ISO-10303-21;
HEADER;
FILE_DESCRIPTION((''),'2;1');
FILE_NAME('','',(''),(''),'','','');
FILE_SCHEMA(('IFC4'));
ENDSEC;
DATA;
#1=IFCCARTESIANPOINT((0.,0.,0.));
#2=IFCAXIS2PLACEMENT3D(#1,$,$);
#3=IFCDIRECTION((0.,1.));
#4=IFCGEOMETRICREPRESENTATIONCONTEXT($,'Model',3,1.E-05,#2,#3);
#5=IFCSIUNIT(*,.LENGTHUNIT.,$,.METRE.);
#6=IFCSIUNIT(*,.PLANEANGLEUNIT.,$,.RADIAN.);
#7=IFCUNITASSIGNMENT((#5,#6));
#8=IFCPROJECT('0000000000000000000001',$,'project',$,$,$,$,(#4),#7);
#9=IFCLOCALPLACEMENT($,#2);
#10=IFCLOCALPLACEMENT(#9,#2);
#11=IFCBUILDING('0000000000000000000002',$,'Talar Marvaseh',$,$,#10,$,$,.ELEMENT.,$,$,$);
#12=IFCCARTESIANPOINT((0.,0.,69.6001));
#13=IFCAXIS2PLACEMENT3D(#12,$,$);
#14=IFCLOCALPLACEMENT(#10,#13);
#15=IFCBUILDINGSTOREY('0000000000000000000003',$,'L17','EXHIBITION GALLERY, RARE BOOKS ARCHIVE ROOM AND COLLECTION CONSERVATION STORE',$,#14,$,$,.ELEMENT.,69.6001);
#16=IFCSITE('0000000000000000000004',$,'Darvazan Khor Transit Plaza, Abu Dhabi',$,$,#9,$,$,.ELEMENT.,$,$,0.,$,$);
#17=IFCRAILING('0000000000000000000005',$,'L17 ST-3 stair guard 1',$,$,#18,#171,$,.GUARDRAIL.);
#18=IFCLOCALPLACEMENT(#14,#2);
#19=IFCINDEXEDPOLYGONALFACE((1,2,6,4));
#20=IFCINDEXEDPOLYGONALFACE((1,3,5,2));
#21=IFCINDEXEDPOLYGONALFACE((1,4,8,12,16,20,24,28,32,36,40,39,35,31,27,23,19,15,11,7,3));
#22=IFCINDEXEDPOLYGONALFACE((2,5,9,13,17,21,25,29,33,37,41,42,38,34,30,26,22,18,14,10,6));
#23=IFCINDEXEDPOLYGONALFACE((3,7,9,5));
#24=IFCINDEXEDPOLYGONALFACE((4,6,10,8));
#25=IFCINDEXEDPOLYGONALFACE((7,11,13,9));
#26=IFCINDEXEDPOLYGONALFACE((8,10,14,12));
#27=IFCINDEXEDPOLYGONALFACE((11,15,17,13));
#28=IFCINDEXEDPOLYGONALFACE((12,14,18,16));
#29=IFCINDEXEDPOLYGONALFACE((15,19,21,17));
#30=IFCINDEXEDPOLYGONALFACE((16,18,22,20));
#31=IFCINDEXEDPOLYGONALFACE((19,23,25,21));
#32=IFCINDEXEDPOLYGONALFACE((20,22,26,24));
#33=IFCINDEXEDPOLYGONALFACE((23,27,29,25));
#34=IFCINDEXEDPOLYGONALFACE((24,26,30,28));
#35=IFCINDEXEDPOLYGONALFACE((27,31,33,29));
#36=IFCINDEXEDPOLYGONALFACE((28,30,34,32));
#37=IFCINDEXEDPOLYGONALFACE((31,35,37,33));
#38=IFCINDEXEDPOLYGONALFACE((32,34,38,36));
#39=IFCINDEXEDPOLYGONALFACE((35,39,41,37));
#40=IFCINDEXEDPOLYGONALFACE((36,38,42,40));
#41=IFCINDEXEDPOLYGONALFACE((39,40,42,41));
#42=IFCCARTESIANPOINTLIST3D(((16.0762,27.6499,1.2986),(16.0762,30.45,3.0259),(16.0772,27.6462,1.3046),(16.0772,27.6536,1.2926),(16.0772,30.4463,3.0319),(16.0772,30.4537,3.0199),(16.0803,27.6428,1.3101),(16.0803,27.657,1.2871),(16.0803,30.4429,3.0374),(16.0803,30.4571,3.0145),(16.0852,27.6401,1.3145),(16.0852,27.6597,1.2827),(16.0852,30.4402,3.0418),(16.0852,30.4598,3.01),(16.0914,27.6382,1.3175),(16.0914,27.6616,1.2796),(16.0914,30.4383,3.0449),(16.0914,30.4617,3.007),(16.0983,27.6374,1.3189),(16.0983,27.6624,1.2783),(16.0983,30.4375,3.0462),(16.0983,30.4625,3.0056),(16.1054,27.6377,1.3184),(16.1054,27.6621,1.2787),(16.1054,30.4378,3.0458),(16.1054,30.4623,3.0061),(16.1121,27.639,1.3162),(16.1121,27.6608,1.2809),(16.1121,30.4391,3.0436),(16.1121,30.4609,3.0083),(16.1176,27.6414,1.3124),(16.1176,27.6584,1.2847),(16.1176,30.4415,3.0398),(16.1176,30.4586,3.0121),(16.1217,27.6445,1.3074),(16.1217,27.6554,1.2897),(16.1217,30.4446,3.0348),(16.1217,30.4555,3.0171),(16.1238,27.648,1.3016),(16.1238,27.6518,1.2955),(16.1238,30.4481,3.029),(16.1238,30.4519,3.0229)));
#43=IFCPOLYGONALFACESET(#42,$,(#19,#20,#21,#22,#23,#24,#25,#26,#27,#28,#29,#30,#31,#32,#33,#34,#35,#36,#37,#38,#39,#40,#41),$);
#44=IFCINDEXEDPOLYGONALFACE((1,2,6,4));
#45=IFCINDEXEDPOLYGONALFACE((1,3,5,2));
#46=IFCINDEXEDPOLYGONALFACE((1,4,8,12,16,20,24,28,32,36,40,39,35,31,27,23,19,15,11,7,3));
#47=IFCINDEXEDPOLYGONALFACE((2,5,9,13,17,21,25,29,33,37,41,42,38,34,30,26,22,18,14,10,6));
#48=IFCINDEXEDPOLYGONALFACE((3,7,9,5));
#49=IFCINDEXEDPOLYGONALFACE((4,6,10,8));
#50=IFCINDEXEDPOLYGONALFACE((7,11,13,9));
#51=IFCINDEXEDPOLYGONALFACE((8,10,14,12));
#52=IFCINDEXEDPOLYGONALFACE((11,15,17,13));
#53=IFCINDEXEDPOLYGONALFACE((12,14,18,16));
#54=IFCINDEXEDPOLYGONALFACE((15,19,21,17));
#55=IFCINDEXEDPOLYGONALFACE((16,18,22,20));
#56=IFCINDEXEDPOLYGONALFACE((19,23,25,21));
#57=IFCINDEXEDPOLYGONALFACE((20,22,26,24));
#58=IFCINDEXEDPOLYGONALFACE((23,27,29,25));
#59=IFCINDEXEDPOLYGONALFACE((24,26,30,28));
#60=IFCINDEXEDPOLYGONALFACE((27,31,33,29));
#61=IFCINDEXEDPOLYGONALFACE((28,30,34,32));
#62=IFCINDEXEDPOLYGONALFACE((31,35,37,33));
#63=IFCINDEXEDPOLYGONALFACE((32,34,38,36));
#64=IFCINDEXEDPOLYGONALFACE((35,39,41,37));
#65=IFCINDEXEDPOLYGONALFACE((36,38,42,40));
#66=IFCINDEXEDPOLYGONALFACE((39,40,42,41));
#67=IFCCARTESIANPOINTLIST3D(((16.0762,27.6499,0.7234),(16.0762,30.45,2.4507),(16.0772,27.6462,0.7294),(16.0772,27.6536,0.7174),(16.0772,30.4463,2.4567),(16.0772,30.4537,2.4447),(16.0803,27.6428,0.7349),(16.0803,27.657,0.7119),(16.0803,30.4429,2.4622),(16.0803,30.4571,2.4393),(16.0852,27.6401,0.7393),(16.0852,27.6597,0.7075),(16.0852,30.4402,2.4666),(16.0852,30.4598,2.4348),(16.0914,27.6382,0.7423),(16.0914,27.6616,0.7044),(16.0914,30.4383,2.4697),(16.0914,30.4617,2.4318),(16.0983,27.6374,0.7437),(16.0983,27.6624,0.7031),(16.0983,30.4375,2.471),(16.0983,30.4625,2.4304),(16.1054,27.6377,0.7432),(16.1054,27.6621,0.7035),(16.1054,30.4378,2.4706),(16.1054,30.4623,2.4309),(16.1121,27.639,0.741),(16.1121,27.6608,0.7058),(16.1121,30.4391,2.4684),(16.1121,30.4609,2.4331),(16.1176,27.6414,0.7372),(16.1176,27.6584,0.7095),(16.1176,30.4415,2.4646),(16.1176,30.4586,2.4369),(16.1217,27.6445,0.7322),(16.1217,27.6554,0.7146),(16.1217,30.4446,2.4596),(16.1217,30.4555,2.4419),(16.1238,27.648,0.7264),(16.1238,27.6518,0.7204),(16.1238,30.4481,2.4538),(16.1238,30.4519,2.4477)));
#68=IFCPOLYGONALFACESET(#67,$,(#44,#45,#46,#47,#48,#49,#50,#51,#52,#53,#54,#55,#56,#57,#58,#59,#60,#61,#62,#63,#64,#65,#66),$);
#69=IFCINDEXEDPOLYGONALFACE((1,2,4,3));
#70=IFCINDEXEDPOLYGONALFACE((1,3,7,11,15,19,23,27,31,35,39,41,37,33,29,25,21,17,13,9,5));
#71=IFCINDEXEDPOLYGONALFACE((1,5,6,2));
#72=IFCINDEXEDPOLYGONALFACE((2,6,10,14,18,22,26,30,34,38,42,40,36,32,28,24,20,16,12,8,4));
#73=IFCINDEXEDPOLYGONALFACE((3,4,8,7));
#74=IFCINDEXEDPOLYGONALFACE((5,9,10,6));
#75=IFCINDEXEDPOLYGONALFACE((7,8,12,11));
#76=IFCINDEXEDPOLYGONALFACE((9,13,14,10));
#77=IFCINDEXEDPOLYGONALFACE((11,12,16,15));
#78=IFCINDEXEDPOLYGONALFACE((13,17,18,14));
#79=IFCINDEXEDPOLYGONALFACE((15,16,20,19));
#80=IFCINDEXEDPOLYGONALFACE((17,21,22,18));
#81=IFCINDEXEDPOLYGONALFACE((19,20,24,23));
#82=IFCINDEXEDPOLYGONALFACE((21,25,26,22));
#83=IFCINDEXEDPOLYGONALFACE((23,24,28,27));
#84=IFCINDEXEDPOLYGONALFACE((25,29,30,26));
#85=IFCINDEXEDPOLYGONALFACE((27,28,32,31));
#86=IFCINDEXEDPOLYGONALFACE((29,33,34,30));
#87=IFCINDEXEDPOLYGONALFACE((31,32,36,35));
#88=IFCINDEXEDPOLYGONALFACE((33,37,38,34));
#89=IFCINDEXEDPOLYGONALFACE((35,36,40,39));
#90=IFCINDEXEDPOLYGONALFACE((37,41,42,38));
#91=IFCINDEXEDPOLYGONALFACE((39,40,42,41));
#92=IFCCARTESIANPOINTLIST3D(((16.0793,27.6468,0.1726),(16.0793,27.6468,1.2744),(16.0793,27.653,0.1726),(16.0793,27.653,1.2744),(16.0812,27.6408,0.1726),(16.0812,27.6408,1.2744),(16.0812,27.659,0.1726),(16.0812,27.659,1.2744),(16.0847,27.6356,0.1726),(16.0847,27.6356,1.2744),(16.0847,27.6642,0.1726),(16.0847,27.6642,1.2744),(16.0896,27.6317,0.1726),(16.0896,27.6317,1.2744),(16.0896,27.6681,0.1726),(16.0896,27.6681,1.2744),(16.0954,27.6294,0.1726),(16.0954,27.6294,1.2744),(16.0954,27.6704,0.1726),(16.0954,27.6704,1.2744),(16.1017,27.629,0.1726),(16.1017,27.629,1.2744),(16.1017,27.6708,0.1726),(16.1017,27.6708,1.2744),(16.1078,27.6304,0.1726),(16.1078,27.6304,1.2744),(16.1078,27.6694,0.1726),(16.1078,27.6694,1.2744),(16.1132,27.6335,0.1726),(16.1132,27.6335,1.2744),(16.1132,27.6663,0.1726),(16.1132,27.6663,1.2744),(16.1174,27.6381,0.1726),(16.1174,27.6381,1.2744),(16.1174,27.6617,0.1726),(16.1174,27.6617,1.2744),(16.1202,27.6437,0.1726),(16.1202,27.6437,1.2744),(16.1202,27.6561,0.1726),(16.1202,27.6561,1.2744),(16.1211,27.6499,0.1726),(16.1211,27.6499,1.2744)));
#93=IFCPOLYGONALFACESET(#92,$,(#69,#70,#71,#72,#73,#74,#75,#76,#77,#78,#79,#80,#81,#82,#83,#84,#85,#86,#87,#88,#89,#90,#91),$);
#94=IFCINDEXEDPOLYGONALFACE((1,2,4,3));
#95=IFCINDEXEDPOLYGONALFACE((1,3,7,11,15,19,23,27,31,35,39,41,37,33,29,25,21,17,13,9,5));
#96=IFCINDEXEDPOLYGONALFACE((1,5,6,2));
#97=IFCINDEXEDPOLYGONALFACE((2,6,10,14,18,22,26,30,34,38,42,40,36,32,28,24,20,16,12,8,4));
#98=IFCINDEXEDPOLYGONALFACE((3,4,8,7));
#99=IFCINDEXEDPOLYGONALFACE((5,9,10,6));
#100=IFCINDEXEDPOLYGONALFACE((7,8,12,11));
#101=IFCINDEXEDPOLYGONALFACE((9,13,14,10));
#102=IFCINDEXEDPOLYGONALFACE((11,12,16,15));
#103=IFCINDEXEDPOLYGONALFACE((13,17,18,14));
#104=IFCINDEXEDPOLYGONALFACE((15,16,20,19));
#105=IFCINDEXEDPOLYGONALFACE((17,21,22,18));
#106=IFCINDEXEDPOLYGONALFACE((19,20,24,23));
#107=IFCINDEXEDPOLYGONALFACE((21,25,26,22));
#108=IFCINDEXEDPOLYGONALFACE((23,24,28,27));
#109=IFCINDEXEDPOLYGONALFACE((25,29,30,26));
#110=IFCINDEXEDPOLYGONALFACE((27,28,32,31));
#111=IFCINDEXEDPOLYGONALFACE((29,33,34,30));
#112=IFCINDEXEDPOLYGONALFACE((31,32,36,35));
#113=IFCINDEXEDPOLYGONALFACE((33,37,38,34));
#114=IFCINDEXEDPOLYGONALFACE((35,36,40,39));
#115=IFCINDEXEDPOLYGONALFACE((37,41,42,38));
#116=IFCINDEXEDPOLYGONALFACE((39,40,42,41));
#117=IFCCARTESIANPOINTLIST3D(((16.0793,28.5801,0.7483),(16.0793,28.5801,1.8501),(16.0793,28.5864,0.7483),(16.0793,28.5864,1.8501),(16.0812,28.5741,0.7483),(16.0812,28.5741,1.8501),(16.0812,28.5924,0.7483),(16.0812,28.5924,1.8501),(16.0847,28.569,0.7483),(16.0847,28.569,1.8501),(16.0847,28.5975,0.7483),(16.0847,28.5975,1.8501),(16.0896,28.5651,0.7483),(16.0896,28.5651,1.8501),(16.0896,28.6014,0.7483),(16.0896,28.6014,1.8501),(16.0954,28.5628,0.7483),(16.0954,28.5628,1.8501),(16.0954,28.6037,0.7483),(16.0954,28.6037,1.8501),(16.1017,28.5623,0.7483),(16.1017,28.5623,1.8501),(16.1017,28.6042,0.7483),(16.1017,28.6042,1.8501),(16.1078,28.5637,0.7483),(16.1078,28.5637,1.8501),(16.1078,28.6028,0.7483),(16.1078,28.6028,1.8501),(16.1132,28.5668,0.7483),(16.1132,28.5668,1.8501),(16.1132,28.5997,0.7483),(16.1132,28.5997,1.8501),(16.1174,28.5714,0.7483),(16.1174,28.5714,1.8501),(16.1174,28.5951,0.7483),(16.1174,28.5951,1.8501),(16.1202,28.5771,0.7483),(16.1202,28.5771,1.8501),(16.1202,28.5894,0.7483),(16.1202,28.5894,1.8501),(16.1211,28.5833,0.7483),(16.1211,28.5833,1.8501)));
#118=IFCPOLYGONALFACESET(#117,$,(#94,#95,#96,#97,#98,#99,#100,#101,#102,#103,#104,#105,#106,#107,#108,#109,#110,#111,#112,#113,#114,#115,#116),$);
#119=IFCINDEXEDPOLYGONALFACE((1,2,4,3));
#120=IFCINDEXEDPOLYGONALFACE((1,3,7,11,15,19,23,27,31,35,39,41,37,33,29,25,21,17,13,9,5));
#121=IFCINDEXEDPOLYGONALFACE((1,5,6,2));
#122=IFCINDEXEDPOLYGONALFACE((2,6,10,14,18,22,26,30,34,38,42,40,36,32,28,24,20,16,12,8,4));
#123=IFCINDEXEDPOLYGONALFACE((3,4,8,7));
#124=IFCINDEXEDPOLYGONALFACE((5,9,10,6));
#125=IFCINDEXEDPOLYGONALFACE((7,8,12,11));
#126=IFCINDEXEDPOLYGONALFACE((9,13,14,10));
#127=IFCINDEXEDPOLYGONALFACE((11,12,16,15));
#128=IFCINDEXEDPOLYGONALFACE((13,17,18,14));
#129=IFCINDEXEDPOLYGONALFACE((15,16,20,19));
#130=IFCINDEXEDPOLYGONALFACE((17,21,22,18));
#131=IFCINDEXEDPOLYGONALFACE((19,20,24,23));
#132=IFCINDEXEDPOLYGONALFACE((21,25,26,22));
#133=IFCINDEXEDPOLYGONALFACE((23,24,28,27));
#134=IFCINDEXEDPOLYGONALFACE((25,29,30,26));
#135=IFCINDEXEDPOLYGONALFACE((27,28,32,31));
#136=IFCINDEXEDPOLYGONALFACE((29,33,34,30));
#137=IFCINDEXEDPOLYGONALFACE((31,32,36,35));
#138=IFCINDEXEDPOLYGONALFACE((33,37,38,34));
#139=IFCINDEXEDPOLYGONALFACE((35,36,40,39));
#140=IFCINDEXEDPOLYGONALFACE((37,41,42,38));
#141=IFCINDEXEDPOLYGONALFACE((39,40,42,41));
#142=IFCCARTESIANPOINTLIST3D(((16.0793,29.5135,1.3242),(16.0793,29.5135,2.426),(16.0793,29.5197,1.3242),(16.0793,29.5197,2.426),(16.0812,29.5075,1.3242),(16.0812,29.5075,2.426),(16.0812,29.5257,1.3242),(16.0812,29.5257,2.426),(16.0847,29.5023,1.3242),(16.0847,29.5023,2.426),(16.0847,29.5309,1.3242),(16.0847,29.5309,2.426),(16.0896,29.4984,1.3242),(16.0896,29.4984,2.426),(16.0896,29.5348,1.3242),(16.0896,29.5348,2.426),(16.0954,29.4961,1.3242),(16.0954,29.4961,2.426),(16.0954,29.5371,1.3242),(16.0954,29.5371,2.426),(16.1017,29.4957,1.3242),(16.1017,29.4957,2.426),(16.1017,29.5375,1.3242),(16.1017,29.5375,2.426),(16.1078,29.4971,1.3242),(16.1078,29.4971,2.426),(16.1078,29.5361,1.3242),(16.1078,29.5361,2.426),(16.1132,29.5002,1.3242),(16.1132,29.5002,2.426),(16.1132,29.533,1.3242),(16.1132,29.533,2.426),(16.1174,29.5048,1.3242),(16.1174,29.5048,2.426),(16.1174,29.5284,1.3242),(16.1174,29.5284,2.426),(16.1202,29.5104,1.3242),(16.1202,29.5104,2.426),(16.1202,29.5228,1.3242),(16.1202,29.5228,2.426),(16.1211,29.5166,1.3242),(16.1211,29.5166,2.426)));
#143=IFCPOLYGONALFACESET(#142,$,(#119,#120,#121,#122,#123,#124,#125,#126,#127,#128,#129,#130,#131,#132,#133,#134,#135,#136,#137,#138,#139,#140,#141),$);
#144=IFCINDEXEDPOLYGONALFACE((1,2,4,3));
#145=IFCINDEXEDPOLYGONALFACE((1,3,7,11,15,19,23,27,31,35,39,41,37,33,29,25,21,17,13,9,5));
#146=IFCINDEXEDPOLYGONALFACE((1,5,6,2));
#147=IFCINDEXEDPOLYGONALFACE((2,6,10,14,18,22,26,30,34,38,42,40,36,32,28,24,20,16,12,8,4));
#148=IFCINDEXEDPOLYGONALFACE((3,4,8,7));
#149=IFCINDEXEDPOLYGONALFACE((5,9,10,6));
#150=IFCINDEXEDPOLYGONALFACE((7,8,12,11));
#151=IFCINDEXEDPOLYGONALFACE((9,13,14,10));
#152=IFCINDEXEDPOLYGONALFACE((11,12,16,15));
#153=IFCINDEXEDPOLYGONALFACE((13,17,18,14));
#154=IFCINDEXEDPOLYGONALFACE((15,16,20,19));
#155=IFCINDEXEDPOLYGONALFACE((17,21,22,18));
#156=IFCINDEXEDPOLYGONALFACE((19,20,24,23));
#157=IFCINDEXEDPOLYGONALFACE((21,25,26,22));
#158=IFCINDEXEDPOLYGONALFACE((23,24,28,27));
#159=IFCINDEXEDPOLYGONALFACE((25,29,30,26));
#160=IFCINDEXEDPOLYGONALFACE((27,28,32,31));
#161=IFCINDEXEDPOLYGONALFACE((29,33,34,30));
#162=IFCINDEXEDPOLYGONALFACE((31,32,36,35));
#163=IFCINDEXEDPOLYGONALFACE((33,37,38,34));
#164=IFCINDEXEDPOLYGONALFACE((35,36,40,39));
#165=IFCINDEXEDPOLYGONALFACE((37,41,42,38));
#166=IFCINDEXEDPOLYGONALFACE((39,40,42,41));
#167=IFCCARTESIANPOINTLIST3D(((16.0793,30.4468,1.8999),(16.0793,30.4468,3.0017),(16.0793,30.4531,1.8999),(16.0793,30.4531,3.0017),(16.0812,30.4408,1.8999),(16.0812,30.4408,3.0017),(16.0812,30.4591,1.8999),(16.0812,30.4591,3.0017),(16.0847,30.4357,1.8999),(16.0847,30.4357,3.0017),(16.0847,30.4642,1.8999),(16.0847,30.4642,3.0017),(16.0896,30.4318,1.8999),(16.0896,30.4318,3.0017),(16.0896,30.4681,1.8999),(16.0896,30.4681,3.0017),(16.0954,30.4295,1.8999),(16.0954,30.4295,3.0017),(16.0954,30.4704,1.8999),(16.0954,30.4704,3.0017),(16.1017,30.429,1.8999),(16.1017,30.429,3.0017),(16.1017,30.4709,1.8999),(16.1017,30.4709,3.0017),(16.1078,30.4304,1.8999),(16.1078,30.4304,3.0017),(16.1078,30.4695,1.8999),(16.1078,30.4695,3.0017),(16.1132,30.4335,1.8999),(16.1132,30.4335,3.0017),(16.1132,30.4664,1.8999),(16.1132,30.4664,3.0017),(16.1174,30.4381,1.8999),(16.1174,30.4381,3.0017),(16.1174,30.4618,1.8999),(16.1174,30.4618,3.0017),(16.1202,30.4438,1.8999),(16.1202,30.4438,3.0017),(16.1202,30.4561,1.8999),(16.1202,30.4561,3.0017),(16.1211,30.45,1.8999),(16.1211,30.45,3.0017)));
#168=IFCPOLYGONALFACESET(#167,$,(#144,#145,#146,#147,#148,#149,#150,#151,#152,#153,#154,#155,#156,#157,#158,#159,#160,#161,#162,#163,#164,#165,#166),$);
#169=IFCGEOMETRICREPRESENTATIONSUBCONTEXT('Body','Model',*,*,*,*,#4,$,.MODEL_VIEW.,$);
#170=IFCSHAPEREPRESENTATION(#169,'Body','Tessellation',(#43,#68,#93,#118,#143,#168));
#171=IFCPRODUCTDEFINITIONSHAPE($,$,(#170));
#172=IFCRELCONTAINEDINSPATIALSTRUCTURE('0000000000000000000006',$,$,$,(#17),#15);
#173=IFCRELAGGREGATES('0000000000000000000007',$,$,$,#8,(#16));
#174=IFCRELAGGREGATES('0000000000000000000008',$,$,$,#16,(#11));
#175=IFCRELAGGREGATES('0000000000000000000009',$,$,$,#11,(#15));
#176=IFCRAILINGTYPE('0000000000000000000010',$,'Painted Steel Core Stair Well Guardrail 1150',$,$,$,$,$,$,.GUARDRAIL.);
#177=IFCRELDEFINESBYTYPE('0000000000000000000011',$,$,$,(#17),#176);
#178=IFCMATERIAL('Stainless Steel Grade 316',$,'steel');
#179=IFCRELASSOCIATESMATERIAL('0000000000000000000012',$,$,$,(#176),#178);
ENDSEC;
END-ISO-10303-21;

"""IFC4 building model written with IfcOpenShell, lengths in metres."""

from ifc_helpers import new_model, si_unit, direction, frame, origin, origin_2d, place, context, subcontext, project, spatial, circle, extrude, material, type_object, element, save


model = new_model("IFC4")

# Units and contexts
model_context = context("Model", 3, precision=1e-05, world=origin(), true_north=direction((0.0, 1.0)))
body_context = subcontext(model_context, "Body", "Model", "MODEL_VIEW")
ifc_project = project(units=[si_unit("LENGTHUNIT", "METRE"), si_unit("PLANEANGLEUNIT", "RADIAN")], contexts=[model_context])

# Site, building, storey
site_placement = place(None, origin())
site = spatial("IfcSite", under=ifc_project, at=site_placement, Name="Darvazan Khor Transit Plaza, Abu Dhabi", CompositionType="ELEMENT", RefElevation=0.0)
building_placement = place(site_placement, origin())
building = spatial("IfcBuilding", under=site, at=building_placement, Name="Talar Marvaseh", CompositionType="ELEMENT")
storey_placement = place(building_placement, frame((0.0, 0.0, 69.6001)))
storey = spatial("IfcBuildingStorey", under=building, at=storey_placement, Name="L17", Description="EXHIBITION GALLERY, RARE BOOKS ARCHIVE ROOM AND COLLECTION CONSERVATION STORE", CompositionType="ELEMENT", Elevation=69.6001)

# Railing
ifc_material_1 = material(Name="Stainless Steel Grade 316", Category="steel")
railing_type_1 = type_object("IfcRailingType", Name="Painted Steel Core Stair Well Guardrail 1150", PredefinedType="GUARDRAIL", material=ifc_material_1)
railing_1_placement = place(storey_placement, frame((16.1001, 27.6499, 0.1726)))
element("IfcRailing", 1, at=railing_1_placement, inside=storey, type_object=railing_type_1, Name="L17 ST-3 stair guard 1", PredefinedType="GUARDRAIL", context=body_context, shape_type="SweptSolid", body=[
    extrude(circle(Radius=0.0239, at=origin_2d()), frame((0.0, 0.0, 1.126), z_axis=(0.0, 0.85109, 0.52502), x_axis=(-1.0, 0.0, 0.0)), (0.0, 0.0, 1.0), 3.29),
    extrude(circle(Radius=0.0239, at=origin_2d()), frame((0.0, 0.0, 0.5508), z_axis=(0.0, 0.85109, 0.52502), x_axis=(-1.0, 0.0, 0.0)), (0.0, 0.0, 1.0), 3.29),
    extrude(circle(Radius=0.021, at=origin_2d()), origin(), (0.0, 0.0, 1.0), 1.1018),
    extrude(circle(Radius=0.021, at=origin_2d()), frame((0.0, 0.9333, 0.5757)), (0.0, 0.0, 1.0), 1.1018),
    extrude(circle(Radius=0.021, at=origin_2d()), frame((0.0, 1.8667, 1.1516)), (0.0, 0.0, 1.0), 1.1018),
    extrude(circle(Radius=0.021, at=origin_2d()), frame((0.0, 2.8, 1.7273)), (0.0, 0.0, 1.0), 1.1018),
])

save(model, "model.ifc")
